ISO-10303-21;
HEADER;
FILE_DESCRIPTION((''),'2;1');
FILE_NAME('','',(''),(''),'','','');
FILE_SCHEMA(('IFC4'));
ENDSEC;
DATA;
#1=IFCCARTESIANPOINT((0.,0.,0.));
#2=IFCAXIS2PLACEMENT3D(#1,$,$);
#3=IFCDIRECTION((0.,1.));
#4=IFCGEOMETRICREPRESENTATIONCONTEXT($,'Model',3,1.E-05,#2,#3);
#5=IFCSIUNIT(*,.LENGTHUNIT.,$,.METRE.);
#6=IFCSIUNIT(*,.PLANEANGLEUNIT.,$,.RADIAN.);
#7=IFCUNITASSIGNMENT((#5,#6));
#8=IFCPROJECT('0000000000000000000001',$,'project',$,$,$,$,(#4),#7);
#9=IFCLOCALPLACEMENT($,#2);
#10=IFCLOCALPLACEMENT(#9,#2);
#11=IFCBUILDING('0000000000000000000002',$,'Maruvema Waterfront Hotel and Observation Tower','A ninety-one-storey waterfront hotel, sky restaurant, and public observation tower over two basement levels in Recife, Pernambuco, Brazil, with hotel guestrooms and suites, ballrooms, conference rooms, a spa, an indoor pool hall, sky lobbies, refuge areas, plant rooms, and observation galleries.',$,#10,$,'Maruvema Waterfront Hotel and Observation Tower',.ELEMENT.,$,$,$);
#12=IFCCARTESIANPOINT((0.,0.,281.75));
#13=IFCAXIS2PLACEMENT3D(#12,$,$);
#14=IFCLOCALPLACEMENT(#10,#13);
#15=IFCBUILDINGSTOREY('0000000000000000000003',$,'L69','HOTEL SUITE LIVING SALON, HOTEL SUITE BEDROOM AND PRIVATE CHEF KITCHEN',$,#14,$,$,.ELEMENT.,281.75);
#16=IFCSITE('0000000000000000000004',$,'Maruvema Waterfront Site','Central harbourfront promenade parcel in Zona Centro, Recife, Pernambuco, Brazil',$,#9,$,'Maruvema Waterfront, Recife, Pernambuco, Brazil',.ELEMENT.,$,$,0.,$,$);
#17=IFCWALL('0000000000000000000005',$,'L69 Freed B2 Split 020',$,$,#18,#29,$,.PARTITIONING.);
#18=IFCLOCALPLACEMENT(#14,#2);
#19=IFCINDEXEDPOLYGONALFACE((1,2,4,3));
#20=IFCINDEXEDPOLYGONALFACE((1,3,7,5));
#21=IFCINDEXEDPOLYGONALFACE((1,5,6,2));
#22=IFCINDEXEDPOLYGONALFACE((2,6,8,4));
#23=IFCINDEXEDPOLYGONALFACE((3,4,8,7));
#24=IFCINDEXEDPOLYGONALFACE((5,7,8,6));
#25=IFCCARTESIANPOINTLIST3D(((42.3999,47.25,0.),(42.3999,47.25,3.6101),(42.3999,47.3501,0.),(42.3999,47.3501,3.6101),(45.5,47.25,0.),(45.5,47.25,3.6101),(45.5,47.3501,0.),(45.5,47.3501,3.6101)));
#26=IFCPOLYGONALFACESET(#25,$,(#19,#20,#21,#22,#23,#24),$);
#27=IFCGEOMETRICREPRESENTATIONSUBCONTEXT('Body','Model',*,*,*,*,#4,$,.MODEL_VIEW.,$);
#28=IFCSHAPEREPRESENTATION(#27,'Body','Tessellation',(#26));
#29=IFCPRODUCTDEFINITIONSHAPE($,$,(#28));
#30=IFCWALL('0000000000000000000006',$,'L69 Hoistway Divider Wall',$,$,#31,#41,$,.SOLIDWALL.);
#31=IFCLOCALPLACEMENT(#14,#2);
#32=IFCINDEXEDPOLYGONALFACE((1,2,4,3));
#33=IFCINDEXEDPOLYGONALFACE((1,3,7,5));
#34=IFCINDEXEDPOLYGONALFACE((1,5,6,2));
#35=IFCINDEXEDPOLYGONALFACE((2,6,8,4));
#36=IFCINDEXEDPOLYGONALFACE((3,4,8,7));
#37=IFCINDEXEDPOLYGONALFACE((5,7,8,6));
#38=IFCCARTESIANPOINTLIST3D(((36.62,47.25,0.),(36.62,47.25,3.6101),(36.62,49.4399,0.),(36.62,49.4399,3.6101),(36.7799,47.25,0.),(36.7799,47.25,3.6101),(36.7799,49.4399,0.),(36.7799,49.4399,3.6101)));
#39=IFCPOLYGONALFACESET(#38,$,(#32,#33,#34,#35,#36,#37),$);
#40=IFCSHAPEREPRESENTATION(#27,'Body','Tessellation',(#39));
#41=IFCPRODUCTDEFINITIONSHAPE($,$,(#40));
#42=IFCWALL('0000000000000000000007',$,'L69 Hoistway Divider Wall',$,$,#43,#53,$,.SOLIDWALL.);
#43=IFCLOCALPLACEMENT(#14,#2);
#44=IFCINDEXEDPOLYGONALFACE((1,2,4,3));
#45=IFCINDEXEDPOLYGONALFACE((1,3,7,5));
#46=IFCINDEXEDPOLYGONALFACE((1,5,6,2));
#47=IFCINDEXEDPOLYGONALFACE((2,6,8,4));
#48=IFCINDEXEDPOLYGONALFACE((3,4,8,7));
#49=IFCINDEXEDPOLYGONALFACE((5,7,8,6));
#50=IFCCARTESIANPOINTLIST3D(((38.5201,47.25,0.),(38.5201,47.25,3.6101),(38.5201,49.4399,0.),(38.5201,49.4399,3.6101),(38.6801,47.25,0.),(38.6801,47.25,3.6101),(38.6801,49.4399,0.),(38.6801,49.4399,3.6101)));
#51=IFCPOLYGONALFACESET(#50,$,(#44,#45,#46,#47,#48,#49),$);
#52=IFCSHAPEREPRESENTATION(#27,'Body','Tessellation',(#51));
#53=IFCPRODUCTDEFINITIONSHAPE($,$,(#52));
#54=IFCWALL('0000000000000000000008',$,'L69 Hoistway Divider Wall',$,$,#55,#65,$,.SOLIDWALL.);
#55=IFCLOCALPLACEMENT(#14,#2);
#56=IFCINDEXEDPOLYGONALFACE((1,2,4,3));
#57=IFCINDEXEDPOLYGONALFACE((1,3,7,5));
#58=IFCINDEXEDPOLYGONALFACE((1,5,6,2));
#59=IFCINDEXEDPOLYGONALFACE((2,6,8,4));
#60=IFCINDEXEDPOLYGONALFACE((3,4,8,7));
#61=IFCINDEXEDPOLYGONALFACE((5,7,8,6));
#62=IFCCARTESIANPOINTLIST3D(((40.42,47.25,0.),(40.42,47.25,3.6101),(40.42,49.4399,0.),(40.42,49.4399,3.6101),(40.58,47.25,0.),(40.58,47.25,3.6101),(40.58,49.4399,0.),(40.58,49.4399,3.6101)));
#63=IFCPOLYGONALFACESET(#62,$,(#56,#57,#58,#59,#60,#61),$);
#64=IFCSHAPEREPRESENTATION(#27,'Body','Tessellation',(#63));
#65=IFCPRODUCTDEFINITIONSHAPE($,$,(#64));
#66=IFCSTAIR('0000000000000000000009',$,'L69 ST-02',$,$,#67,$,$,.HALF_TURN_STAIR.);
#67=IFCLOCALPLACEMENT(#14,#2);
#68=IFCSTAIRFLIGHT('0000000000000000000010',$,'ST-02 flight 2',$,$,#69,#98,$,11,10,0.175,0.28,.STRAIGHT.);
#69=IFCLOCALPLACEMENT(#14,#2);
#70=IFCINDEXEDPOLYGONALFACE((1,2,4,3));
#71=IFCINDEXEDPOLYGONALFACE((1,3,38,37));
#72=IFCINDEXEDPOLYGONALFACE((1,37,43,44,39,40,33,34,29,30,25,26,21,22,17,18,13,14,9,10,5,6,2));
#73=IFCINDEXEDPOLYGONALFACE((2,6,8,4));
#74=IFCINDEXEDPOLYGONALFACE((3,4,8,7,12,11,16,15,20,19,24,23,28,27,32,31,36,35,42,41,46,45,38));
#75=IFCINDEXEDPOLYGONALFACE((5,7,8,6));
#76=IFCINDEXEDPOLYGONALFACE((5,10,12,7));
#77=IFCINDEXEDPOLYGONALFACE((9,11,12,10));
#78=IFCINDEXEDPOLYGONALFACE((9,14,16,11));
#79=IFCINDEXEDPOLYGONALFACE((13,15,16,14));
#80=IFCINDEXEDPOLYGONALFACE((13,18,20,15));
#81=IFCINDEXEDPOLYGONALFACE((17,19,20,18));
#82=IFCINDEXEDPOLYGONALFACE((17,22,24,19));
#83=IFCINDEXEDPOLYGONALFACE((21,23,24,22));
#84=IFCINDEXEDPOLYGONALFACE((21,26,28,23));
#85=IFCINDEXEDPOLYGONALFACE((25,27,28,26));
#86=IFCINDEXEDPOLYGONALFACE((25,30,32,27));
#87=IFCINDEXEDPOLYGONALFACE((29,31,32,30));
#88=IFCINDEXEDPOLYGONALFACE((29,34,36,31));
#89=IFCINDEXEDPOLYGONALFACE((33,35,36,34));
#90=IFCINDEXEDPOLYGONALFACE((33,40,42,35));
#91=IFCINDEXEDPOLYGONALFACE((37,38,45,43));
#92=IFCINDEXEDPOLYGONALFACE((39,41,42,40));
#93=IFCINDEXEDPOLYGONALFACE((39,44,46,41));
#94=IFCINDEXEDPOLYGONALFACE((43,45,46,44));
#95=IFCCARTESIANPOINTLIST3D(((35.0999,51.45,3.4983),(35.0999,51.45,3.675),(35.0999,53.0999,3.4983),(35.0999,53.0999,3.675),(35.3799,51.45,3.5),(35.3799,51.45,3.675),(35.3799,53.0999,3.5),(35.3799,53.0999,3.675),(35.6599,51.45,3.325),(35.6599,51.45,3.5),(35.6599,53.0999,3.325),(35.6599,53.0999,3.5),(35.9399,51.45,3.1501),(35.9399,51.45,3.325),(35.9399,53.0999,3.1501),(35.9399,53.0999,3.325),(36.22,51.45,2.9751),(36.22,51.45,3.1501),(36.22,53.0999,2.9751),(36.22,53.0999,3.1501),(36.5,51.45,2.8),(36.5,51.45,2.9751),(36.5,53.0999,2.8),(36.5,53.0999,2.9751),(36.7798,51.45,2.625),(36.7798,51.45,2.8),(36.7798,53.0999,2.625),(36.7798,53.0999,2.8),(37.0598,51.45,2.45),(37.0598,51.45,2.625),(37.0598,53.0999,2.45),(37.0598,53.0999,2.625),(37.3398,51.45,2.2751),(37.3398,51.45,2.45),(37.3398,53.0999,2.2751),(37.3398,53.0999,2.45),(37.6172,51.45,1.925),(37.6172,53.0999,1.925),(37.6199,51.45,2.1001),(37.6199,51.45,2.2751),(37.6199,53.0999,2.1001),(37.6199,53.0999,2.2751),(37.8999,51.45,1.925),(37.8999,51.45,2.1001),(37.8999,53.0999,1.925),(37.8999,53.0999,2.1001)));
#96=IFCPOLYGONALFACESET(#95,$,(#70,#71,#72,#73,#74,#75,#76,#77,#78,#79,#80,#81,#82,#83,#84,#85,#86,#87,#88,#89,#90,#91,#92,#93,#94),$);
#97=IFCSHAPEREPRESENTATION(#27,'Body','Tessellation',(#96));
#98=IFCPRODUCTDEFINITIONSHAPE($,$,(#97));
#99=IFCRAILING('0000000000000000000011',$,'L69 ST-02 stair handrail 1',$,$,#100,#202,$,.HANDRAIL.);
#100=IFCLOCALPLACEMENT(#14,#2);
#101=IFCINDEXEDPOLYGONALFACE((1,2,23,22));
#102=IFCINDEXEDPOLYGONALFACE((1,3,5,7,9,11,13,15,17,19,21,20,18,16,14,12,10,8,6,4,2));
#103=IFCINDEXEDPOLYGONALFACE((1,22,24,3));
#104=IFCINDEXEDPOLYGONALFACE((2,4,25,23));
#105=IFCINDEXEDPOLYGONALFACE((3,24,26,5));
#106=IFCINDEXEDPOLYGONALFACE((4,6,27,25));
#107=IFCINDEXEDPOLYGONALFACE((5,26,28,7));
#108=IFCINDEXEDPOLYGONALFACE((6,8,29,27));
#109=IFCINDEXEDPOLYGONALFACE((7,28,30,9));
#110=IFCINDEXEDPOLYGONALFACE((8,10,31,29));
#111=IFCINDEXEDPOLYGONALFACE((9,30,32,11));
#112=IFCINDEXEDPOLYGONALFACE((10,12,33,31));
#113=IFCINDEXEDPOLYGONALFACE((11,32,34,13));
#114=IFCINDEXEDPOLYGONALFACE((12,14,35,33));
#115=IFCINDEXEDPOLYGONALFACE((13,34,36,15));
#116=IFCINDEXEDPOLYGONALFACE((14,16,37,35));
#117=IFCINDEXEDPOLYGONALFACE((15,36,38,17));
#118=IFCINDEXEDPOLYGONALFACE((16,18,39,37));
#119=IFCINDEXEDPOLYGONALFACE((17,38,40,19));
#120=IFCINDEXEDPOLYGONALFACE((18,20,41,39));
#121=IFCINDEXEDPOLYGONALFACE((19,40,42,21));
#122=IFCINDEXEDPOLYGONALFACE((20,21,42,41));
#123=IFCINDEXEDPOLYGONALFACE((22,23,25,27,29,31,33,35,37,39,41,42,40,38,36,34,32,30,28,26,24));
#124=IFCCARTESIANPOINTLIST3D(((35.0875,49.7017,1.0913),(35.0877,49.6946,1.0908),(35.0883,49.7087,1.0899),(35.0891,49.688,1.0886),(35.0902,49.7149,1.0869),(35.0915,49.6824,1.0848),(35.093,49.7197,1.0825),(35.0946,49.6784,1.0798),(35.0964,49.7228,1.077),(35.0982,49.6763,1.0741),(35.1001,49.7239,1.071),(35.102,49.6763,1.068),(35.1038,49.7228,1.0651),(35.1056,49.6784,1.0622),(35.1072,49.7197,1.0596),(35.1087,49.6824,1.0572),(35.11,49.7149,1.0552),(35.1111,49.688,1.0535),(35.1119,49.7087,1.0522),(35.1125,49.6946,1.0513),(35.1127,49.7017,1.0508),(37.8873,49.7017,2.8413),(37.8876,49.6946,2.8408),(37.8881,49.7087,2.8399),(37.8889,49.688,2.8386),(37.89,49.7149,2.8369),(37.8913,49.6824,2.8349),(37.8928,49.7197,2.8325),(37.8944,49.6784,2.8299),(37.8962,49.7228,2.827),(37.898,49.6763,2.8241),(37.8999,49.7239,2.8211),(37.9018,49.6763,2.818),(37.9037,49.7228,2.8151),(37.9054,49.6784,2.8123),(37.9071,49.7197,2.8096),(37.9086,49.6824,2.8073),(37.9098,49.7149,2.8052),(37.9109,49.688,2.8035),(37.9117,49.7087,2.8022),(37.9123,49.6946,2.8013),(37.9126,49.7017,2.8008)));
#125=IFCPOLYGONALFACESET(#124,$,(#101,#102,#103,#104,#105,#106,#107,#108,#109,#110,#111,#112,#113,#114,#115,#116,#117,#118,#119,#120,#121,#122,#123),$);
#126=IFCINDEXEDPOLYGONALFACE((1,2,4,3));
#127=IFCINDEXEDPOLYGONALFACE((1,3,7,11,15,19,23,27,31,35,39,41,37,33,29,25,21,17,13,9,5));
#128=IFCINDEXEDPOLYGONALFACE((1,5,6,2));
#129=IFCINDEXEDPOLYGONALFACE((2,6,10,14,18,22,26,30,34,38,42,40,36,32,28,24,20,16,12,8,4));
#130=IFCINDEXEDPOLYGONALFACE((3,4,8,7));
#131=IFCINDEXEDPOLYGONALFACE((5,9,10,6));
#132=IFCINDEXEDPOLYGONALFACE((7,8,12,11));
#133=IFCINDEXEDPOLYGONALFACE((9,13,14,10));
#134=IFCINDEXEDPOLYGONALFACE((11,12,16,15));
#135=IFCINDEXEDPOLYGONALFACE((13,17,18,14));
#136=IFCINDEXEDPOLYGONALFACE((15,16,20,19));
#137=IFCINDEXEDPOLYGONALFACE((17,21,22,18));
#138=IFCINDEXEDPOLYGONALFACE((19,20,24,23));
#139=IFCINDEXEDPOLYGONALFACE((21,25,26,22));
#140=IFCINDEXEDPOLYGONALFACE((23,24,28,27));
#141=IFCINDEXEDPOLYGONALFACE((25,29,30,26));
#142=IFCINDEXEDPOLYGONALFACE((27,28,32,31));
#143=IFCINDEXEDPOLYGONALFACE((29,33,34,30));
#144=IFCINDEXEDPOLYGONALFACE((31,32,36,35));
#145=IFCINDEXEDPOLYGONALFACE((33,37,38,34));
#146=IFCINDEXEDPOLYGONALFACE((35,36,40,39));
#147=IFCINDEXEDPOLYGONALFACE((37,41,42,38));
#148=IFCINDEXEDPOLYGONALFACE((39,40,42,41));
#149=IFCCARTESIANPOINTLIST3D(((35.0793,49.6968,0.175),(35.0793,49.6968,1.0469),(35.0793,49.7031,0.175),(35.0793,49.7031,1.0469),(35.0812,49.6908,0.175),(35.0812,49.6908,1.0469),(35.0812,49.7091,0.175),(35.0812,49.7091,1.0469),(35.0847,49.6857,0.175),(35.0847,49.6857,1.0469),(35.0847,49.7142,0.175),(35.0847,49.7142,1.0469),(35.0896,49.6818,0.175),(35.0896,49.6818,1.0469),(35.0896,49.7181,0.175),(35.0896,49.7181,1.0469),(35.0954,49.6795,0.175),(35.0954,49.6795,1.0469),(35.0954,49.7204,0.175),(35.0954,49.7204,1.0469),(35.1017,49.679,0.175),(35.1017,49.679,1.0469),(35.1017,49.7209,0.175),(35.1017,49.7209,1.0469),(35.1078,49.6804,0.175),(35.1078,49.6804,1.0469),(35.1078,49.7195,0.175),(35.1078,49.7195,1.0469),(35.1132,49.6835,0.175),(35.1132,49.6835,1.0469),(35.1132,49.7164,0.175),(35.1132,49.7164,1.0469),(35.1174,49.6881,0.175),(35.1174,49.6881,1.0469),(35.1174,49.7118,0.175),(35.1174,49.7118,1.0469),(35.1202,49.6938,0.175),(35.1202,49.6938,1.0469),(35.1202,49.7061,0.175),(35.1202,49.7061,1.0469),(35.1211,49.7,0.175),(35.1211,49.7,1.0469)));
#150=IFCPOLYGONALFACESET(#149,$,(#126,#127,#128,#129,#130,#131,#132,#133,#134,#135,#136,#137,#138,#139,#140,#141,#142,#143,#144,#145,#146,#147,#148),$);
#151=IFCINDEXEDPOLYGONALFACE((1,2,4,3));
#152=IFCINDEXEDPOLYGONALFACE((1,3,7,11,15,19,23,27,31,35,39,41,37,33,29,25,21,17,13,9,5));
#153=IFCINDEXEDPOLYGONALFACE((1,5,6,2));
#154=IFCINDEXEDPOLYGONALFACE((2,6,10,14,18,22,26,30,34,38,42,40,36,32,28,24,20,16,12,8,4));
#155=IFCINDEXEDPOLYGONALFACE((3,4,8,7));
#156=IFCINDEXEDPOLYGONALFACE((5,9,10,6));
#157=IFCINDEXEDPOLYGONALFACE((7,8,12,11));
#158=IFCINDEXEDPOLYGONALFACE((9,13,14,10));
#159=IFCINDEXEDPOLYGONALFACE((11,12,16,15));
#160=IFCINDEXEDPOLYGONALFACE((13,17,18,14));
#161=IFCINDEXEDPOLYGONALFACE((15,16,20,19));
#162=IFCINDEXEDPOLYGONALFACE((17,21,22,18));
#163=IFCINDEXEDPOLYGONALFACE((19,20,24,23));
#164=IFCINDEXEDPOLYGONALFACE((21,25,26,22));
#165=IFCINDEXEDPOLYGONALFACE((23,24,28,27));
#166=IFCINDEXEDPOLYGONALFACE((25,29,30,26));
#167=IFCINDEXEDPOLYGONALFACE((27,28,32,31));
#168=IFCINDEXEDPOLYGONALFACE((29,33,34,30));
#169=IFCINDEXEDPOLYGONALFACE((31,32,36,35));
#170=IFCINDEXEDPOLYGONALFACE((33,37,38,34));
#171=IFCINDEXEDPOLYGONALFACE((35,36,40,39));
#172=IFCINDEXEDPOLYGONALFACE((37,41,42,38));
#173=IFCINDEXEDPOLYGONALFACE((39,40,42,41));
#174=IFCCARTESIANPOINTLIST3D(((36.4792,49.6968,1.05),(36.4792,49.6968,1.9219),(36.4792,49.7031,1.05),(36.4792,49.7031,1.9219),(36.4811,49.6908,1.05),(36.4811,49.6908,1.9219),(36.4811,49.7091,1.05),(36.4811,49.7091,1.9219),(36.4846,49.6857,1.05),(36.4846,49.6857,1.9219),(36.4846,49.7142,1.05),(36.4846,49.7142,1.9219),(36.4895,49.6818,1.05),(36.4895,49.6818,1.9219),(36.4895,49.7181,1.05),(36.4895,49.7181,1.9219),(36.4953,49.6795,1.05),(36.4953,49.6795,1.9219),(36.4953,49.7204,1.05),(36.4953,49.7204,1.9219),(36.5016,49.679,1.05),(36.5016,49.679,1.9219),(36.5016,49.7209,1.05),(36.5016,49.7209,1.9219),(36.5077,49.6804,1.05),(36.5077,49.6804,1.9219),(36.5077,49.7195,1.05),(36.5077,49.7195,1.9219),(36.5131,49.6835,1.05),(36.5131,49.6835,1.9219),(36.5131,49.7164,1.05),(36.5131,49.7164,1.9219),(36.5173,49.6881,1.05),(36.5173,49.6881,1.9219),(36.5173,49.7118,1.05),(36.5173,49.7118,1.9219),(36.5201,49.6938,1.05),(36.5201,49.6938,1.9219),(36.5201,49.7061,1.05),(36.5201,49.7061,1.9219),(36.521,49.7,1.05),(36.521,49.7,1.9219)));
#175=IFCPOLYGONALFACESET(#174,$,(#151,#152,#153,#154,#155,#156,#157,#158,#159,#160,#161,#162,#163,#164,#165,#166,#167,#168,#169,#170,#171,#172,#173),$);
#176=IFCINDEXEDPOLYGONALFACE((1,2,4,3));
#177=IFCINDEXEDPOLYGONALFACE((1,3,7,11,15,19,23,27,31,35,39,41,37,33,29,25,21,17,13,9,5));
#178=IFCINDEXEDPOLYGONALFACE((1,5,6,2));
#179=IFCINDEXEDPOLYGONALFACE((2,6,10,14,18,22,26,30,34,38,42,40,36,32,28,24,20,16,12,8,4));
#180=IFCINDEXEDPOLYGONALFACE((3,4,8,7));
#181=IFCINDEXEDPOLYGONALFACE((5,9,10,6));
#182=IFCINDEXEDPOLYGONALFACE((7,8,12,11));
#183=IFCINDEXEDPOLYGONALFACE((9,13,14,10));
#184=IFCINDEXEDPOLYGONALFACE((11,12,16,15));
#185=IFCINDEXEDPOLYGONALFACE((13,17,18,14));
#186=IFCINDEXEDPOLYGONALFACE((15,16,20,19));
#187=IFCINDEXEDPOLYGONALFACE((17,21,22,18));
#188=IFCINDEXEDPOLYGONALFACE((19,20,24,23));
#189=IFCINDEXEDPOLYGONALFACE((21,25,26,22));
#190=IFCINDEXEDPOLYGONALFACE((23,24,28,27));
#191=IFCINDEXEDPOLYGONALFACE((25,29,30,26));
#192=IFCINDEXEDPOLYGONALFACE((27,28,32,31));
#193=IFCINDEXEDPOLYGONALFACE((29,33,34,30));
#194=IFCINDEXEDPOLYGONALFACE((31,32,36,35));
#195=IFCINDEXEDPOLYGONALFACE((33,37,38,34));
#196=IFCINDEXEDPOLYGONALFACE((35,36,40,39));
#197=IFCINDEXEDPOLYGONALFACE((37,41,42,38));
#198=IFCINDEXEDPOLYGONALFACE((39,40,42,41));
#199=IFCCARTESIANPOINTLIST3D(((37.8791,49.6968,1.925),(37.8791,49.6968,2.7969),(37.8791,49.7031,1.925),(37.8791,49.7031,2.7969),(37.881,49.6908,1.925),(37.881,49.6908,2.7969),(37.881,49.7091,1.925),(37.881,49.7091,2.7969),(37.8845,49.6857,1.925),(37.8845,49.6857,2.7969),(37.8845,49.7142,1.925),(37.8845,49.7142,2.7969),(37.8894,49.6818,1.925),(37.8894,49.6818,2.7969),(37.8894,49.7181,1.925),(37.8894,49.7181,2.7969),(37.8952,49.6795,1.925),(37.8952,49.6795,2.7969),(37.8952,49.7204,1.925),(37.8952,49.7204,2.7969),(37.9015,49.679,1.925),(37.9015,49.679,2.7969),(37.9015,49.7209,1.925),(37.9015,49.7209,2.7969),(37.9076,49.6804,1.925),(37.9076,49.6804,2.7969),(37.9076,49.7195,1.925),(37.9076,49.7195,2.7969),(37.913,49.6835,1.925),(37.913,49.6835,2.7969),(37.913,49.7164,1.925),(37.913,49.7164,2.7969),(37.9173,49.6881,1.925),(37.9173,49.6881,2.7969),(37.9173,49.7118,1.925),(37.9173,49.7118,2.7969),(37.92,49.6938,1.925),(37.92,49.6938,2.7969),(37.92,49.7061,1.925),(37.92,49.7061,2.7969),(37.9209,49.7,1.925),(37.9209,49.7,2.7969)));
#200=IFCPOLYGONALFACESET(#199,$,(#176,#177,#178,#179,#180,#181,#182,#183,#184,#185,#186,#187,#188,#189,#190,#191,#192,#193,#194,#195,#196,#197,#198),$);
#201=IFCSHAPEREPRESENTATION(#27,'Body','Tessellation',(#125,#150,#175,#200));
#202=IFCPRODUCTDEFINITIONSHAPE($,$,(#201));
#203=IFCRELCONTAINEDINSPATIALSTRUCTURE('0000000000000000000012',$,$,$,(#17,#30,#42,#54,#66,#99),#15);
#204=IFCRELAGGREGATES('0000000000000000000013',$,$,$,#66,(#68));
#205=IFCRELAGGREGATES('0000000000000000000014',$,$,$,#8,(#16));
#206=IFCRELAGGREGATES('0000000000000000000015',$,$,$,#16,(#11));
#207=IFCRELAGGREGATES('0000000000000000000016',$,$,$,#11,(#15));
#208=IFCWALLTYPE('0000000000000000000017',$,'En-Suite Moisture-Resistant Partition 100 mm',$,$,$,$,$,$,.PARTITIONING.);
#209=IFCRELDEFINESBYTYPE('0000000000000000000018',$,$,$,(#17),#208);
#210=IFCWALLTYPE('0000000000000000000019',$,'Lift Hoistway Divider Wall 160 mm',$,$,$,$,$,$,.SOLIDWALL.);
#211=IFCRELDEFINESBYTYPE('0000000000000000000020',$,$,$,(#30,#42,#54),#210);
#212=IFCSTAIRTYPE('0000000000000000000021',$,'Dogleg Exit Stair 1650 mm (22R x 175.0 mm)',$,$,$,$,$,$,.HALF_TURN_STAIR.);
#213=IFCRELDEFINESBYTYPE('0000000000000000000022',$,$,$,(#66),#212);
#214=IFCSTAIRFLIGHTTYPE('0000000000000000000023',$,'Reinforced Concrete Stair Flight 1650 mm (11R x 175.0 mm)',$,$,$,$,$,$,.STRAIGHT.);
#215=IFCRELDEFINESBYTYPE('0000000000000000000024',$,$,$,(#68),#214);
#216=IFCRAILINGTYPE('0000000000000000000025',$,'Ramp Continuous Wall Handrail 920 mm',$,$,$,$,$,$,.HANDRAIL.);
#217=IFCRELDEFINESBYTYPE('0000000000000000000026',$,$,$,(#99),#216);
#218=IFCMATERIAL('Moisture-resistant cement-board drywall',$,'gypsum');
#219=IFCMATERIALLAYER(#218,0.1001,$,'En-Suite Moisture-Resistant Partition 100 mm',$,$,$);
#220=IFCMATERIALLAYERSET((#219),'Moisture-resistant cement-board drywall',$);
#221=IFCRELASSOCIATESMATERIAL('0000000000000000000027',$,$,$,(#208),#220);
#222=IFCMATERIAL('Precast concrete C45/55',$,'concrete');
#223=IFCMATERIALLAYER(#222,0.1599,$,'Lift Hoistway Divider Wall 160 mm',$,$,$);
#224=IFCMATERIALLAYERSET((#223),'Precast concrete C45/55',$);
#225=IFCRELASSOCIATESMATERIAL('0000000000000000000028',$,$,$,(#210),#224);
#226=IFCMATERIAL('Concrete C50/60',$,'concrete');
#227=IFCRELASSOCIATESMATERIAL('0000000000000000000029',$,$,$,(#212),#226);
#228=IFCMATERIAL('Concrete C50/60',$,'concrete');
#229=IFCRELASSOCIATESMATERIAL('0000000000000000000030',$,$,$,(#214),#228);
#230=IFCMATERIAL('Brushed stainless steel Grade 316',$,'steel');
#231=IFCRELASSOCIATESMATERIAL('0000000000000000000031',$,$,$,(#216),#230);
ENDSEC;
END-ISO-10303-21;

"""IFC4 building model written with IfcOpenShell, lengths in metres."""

from ifc_helpers import new_model, si_unit, direction, frame, frame_2d, origin, origin_2d, place, context, subcontext, project, spatial, polyline, rectangle, circle, outline, extrude, material, layer, layer_set, type_object, element, aggregate, save


model = new_model("IFC4")

# Units and contexts
model_context = context("Model", 3, precision=1e-05, world=origin(), true_north=direction((0.0, 1.0)))
body_context = subcontext(model_context, "Body", "Model", "MODEL_VIEW")
ifc_project = project(units=[si_unit("LENGTHUNIT", "METRE"), si_unit("PLANEANGLEUNIT", "RADIAN")], contexts=[model_context])

# Site, building, storey
site_placement = place(None, origin())
site = spatial("IfcSite", under=ifc_project, at=site_placement, Name="Maruvema Waterfront Site", Description="Central harbourfront promenade parcel in Zona Centro, Recife, Pernambuco, Brazil", LongName="Maruvema Waterfront, Recife, Pernambuco, Brazil", CompositionType="ELEMENT", RefElevation=0.0)
building_placement = place(site_placement, origin())
building = spatial("IfcBuilding", under=site, at=building_placement, Name="Maruvema Waterfront Hotel and Observation Tower", Description="A ninety-one-storey waterfront hotel, sky restaurant, and public observation tower over two basement levels in Recife, Pernambuco, Brazil, with hotel guestrooms and suites, ballrooms, conference rooms, a spa, an indoor pool hall, sky lobbies, refuge areas, plant rooms, and observation galleries.", LongName="Maruvema Waterfront Hotel and Observation Tower", CompositionType="ELEMENT")
storey_placement = place(building_placement, frame((0.0, 0.0, 281.75)))
storey = spatial("IfcBuildingStorey", under=building, at=storey_placement, Name="L69", Description="HOTEL SUITE LIVING SALON, HOTEL SUITE BEDROOM AND PRIVATE CHEF KITCHEN", CompositionType="ELEMENT", Elevation=281.75)

# Shared definitions
ifc_material_1 = material(Name="Moisture-resistant cement-board drywall", Category="gypsum")
ifc_layer_1 = layer(ifc_material_1, 0.1001, Name="En-Suite Moisture-Resistant Partition 100 mm")
ifc_layer_set_1 = layer_set([ifc_layer_1], Name="Moisture-resistant cement-board drywall")
wall_type_1 = type_object("IfcWallType", Name="En-Suite Moisture-Resistant Partition 100 mm", PredefinedType="PARTITIONING", material=ifc_layer_set_1)

# Walls
wall_1_placement = place(storey_placement, frame((42.3999, 47.3, 0.0), z_axis=(0.0, 0.0, 1.0), x_axis=(1.0, 0.0, 0.0)))
element("IfcWall", 1, at=wall_1_placement, inside=storey, type_object=wall_type_1, Name="L69 Freed B2 Split 020", PredefinedType="PARTITIONING", context=body_context, shape_type="SweptSolid", body=[
    extrude(rectangle(XDim=3.1001, YDim=0.1001, at=frame_2d((1.55, 0.0))), origin(), (0.0, 0.0, 1.0), 3.6101),
])
ifc_material_2 = material(Name="Precast concrete C45/55", Category="concrete")
ifc_layer_2 = layer(ifc_material_2, 0.1599, Name="Lift Hoistway Divider Wall 160 mm")
ifc_layer_set_2 = layer_set([ifc_layer_2], Name="Precast concrete C45/55")
wall_type_2 = type_object("IfcWallType", Name="Lift Hoistway Divider Wall 160 mm", PredefinedType="SOLIDWALL", material=ifc_layer_set_2)
for number, where, z_axis, x_axis, name in (
    (2, (36.7, 47.25, 0.0), (0.0, 0.0, 1.0), (0.0, 1.0, 0.0), "L69 Hoistway Divider Wall"),
    (3, (38.6001, 47.25, 0.0), (0.0, 0.0, 1.0), (0.0, 1.0, 0.0), "L69 Hoistway Divider Wall"),
    (4, (40.5, 47.25, 0.0), (0.0, 0.0, 1.0), (0.0, 1.0, 0.0), "L69 Hoistway Divider Wall"),
):
    element("IfcWall", number, at=place(storey_placement, frame(where, z_axis=z_axis, x_axis=x_axis)), inside=storey, type_object=wall_type_2, Name=name, PredefinedType="SOLIDWALL", context=body_context, shape_type="SweptSolid", body=[
        extrude(rectangle(XDim=2.1899, YDim=0.1599, at=frame_2d((1.095, 0.0))), origin(), (0.0, 0.0, 1.0), 3.6101),
    ])

# Stair, stair flight
ifc_material_3 = material(Name="Concrete C50/60", Category="concrete")
stair_type = type_object("IfcStairType", Name="Dogleg Exit Stair 1650 mm (22R x 175.0 mm)", PredefinedType="HALF_TURN_STAIR", material=ifc_material_3)
stair_placement = place(storey_placement, origin())
stair = element("IfcStair", 5, at=stair_placement, inside=storey, type_object=stair_type, Name="L69 ST-02", PredefinedType="HALF_TURN_STAIR")
ifc_material_4 = material(Name="Concrete C50/60", Category="concrete")
stair_flight_type = type_object("IfcStairFlightType", Name="Reinforced Concrete Stair Flight 1650 mm (11R x 175.0 mm)", PredefinedType="STRAIGHT", material=ifc_material_4)
stair_flight_placement = place(storey_placement, frame((37.8999, 52.2749, 1.925), z_axis=(0.0, 0.0, 1.0), x_axis=(-1.0, 0.0, 0.0)))
stair_flight = element("IfcStairFlight", 6, at=stair_flight_placement, type_object=stair_flight_type, Name="ST-02 flight 2", NumberOfRisers=11, NumberOfTreads=10, PredefinedType="STRAIGHT", RiserHeight=0.175, TreadLength=0.28, context=body_context, shape_type="SweptSolid", body=[
    extrude(outline(polyline([(0.0, 0.0), (0.0, 0.175), (0.28, 0.175), (0.28, 0.3501), (0.5601, 0.3501), (0.5601, 0.5249), (0.8401, 0.5249), (0.8401, 0.7), (1.1201, 0.7), (1.1201, 0.875), (1.3999, 0.875), (1.3999, 1.05), (1.6799, 1.05), (1.6799, 1.2251), (1.96, 1.2251), (1.96, 1.3999), (2.24, 1.3999), (2.24, 1.575), (2.52, 1.575), (2.52, 1.75), (2.8, 1.75), (2.8, 1.925), (2.8, 1.5732), (0.2827, 0.0), (0.0, 0.0)])), frame((0.0, 0.825, 0.0), z_axis=(0.0, -1.0, 0.0), x_axis=(1.0, 0.0, 0.0)), (0.0, 0.0, 1.0), 1.6499),
])
aggregate(stair, [stair_flight])

# Railing
ifc_material_5 = material(Name="Brushed stainless steel Grade 316", Category="steel")
railing_type_1 = type_object("IfcRailingType", Name="Ramp Continuous Wall Handrail 920 mm", PredefinedType="HANDRAIL", material=ifc_material_5)
railing_1_placement = place(storey_placement, frame((35.1001, 49.7, 0.175)))
element("IfcRailing", 7, at=railing_1_placement, inside=storey, type_object=railing_type_1, Name="L69 ST-02 stair handrail 1", PredefinedType="HANDRAIL", context=body_context, shape_type="SweptSolid", body=[
    extrude(circle(Radius=0.0239, at=origin_2d()), frame((0.0, 0.0, 0.896), z_axis=(0.847982, 0.0, 0.530026), x_axis=(0.0, 1.0, 0.0)), (0.0, 0.0, 1.0), 3.3018),
    extrude(circle(Radius=0.021, at=origin_2d()), origin(), (0.0, 0.0, 1.0), 0.8718),
    extrude(circle(Radius=0.021, at=origin_2d()), frame((1.3999, 0.0, 0.875)), (0.0, 0.0, 1.0), 0.8718),
    extrude(circle(Radius=0.021, at=origin_2d()), frame((2.7998, 0.0, 1.75)), (0.0, 0.0, 1.0), 0.8718),
])

save(model, "model.ifc")
